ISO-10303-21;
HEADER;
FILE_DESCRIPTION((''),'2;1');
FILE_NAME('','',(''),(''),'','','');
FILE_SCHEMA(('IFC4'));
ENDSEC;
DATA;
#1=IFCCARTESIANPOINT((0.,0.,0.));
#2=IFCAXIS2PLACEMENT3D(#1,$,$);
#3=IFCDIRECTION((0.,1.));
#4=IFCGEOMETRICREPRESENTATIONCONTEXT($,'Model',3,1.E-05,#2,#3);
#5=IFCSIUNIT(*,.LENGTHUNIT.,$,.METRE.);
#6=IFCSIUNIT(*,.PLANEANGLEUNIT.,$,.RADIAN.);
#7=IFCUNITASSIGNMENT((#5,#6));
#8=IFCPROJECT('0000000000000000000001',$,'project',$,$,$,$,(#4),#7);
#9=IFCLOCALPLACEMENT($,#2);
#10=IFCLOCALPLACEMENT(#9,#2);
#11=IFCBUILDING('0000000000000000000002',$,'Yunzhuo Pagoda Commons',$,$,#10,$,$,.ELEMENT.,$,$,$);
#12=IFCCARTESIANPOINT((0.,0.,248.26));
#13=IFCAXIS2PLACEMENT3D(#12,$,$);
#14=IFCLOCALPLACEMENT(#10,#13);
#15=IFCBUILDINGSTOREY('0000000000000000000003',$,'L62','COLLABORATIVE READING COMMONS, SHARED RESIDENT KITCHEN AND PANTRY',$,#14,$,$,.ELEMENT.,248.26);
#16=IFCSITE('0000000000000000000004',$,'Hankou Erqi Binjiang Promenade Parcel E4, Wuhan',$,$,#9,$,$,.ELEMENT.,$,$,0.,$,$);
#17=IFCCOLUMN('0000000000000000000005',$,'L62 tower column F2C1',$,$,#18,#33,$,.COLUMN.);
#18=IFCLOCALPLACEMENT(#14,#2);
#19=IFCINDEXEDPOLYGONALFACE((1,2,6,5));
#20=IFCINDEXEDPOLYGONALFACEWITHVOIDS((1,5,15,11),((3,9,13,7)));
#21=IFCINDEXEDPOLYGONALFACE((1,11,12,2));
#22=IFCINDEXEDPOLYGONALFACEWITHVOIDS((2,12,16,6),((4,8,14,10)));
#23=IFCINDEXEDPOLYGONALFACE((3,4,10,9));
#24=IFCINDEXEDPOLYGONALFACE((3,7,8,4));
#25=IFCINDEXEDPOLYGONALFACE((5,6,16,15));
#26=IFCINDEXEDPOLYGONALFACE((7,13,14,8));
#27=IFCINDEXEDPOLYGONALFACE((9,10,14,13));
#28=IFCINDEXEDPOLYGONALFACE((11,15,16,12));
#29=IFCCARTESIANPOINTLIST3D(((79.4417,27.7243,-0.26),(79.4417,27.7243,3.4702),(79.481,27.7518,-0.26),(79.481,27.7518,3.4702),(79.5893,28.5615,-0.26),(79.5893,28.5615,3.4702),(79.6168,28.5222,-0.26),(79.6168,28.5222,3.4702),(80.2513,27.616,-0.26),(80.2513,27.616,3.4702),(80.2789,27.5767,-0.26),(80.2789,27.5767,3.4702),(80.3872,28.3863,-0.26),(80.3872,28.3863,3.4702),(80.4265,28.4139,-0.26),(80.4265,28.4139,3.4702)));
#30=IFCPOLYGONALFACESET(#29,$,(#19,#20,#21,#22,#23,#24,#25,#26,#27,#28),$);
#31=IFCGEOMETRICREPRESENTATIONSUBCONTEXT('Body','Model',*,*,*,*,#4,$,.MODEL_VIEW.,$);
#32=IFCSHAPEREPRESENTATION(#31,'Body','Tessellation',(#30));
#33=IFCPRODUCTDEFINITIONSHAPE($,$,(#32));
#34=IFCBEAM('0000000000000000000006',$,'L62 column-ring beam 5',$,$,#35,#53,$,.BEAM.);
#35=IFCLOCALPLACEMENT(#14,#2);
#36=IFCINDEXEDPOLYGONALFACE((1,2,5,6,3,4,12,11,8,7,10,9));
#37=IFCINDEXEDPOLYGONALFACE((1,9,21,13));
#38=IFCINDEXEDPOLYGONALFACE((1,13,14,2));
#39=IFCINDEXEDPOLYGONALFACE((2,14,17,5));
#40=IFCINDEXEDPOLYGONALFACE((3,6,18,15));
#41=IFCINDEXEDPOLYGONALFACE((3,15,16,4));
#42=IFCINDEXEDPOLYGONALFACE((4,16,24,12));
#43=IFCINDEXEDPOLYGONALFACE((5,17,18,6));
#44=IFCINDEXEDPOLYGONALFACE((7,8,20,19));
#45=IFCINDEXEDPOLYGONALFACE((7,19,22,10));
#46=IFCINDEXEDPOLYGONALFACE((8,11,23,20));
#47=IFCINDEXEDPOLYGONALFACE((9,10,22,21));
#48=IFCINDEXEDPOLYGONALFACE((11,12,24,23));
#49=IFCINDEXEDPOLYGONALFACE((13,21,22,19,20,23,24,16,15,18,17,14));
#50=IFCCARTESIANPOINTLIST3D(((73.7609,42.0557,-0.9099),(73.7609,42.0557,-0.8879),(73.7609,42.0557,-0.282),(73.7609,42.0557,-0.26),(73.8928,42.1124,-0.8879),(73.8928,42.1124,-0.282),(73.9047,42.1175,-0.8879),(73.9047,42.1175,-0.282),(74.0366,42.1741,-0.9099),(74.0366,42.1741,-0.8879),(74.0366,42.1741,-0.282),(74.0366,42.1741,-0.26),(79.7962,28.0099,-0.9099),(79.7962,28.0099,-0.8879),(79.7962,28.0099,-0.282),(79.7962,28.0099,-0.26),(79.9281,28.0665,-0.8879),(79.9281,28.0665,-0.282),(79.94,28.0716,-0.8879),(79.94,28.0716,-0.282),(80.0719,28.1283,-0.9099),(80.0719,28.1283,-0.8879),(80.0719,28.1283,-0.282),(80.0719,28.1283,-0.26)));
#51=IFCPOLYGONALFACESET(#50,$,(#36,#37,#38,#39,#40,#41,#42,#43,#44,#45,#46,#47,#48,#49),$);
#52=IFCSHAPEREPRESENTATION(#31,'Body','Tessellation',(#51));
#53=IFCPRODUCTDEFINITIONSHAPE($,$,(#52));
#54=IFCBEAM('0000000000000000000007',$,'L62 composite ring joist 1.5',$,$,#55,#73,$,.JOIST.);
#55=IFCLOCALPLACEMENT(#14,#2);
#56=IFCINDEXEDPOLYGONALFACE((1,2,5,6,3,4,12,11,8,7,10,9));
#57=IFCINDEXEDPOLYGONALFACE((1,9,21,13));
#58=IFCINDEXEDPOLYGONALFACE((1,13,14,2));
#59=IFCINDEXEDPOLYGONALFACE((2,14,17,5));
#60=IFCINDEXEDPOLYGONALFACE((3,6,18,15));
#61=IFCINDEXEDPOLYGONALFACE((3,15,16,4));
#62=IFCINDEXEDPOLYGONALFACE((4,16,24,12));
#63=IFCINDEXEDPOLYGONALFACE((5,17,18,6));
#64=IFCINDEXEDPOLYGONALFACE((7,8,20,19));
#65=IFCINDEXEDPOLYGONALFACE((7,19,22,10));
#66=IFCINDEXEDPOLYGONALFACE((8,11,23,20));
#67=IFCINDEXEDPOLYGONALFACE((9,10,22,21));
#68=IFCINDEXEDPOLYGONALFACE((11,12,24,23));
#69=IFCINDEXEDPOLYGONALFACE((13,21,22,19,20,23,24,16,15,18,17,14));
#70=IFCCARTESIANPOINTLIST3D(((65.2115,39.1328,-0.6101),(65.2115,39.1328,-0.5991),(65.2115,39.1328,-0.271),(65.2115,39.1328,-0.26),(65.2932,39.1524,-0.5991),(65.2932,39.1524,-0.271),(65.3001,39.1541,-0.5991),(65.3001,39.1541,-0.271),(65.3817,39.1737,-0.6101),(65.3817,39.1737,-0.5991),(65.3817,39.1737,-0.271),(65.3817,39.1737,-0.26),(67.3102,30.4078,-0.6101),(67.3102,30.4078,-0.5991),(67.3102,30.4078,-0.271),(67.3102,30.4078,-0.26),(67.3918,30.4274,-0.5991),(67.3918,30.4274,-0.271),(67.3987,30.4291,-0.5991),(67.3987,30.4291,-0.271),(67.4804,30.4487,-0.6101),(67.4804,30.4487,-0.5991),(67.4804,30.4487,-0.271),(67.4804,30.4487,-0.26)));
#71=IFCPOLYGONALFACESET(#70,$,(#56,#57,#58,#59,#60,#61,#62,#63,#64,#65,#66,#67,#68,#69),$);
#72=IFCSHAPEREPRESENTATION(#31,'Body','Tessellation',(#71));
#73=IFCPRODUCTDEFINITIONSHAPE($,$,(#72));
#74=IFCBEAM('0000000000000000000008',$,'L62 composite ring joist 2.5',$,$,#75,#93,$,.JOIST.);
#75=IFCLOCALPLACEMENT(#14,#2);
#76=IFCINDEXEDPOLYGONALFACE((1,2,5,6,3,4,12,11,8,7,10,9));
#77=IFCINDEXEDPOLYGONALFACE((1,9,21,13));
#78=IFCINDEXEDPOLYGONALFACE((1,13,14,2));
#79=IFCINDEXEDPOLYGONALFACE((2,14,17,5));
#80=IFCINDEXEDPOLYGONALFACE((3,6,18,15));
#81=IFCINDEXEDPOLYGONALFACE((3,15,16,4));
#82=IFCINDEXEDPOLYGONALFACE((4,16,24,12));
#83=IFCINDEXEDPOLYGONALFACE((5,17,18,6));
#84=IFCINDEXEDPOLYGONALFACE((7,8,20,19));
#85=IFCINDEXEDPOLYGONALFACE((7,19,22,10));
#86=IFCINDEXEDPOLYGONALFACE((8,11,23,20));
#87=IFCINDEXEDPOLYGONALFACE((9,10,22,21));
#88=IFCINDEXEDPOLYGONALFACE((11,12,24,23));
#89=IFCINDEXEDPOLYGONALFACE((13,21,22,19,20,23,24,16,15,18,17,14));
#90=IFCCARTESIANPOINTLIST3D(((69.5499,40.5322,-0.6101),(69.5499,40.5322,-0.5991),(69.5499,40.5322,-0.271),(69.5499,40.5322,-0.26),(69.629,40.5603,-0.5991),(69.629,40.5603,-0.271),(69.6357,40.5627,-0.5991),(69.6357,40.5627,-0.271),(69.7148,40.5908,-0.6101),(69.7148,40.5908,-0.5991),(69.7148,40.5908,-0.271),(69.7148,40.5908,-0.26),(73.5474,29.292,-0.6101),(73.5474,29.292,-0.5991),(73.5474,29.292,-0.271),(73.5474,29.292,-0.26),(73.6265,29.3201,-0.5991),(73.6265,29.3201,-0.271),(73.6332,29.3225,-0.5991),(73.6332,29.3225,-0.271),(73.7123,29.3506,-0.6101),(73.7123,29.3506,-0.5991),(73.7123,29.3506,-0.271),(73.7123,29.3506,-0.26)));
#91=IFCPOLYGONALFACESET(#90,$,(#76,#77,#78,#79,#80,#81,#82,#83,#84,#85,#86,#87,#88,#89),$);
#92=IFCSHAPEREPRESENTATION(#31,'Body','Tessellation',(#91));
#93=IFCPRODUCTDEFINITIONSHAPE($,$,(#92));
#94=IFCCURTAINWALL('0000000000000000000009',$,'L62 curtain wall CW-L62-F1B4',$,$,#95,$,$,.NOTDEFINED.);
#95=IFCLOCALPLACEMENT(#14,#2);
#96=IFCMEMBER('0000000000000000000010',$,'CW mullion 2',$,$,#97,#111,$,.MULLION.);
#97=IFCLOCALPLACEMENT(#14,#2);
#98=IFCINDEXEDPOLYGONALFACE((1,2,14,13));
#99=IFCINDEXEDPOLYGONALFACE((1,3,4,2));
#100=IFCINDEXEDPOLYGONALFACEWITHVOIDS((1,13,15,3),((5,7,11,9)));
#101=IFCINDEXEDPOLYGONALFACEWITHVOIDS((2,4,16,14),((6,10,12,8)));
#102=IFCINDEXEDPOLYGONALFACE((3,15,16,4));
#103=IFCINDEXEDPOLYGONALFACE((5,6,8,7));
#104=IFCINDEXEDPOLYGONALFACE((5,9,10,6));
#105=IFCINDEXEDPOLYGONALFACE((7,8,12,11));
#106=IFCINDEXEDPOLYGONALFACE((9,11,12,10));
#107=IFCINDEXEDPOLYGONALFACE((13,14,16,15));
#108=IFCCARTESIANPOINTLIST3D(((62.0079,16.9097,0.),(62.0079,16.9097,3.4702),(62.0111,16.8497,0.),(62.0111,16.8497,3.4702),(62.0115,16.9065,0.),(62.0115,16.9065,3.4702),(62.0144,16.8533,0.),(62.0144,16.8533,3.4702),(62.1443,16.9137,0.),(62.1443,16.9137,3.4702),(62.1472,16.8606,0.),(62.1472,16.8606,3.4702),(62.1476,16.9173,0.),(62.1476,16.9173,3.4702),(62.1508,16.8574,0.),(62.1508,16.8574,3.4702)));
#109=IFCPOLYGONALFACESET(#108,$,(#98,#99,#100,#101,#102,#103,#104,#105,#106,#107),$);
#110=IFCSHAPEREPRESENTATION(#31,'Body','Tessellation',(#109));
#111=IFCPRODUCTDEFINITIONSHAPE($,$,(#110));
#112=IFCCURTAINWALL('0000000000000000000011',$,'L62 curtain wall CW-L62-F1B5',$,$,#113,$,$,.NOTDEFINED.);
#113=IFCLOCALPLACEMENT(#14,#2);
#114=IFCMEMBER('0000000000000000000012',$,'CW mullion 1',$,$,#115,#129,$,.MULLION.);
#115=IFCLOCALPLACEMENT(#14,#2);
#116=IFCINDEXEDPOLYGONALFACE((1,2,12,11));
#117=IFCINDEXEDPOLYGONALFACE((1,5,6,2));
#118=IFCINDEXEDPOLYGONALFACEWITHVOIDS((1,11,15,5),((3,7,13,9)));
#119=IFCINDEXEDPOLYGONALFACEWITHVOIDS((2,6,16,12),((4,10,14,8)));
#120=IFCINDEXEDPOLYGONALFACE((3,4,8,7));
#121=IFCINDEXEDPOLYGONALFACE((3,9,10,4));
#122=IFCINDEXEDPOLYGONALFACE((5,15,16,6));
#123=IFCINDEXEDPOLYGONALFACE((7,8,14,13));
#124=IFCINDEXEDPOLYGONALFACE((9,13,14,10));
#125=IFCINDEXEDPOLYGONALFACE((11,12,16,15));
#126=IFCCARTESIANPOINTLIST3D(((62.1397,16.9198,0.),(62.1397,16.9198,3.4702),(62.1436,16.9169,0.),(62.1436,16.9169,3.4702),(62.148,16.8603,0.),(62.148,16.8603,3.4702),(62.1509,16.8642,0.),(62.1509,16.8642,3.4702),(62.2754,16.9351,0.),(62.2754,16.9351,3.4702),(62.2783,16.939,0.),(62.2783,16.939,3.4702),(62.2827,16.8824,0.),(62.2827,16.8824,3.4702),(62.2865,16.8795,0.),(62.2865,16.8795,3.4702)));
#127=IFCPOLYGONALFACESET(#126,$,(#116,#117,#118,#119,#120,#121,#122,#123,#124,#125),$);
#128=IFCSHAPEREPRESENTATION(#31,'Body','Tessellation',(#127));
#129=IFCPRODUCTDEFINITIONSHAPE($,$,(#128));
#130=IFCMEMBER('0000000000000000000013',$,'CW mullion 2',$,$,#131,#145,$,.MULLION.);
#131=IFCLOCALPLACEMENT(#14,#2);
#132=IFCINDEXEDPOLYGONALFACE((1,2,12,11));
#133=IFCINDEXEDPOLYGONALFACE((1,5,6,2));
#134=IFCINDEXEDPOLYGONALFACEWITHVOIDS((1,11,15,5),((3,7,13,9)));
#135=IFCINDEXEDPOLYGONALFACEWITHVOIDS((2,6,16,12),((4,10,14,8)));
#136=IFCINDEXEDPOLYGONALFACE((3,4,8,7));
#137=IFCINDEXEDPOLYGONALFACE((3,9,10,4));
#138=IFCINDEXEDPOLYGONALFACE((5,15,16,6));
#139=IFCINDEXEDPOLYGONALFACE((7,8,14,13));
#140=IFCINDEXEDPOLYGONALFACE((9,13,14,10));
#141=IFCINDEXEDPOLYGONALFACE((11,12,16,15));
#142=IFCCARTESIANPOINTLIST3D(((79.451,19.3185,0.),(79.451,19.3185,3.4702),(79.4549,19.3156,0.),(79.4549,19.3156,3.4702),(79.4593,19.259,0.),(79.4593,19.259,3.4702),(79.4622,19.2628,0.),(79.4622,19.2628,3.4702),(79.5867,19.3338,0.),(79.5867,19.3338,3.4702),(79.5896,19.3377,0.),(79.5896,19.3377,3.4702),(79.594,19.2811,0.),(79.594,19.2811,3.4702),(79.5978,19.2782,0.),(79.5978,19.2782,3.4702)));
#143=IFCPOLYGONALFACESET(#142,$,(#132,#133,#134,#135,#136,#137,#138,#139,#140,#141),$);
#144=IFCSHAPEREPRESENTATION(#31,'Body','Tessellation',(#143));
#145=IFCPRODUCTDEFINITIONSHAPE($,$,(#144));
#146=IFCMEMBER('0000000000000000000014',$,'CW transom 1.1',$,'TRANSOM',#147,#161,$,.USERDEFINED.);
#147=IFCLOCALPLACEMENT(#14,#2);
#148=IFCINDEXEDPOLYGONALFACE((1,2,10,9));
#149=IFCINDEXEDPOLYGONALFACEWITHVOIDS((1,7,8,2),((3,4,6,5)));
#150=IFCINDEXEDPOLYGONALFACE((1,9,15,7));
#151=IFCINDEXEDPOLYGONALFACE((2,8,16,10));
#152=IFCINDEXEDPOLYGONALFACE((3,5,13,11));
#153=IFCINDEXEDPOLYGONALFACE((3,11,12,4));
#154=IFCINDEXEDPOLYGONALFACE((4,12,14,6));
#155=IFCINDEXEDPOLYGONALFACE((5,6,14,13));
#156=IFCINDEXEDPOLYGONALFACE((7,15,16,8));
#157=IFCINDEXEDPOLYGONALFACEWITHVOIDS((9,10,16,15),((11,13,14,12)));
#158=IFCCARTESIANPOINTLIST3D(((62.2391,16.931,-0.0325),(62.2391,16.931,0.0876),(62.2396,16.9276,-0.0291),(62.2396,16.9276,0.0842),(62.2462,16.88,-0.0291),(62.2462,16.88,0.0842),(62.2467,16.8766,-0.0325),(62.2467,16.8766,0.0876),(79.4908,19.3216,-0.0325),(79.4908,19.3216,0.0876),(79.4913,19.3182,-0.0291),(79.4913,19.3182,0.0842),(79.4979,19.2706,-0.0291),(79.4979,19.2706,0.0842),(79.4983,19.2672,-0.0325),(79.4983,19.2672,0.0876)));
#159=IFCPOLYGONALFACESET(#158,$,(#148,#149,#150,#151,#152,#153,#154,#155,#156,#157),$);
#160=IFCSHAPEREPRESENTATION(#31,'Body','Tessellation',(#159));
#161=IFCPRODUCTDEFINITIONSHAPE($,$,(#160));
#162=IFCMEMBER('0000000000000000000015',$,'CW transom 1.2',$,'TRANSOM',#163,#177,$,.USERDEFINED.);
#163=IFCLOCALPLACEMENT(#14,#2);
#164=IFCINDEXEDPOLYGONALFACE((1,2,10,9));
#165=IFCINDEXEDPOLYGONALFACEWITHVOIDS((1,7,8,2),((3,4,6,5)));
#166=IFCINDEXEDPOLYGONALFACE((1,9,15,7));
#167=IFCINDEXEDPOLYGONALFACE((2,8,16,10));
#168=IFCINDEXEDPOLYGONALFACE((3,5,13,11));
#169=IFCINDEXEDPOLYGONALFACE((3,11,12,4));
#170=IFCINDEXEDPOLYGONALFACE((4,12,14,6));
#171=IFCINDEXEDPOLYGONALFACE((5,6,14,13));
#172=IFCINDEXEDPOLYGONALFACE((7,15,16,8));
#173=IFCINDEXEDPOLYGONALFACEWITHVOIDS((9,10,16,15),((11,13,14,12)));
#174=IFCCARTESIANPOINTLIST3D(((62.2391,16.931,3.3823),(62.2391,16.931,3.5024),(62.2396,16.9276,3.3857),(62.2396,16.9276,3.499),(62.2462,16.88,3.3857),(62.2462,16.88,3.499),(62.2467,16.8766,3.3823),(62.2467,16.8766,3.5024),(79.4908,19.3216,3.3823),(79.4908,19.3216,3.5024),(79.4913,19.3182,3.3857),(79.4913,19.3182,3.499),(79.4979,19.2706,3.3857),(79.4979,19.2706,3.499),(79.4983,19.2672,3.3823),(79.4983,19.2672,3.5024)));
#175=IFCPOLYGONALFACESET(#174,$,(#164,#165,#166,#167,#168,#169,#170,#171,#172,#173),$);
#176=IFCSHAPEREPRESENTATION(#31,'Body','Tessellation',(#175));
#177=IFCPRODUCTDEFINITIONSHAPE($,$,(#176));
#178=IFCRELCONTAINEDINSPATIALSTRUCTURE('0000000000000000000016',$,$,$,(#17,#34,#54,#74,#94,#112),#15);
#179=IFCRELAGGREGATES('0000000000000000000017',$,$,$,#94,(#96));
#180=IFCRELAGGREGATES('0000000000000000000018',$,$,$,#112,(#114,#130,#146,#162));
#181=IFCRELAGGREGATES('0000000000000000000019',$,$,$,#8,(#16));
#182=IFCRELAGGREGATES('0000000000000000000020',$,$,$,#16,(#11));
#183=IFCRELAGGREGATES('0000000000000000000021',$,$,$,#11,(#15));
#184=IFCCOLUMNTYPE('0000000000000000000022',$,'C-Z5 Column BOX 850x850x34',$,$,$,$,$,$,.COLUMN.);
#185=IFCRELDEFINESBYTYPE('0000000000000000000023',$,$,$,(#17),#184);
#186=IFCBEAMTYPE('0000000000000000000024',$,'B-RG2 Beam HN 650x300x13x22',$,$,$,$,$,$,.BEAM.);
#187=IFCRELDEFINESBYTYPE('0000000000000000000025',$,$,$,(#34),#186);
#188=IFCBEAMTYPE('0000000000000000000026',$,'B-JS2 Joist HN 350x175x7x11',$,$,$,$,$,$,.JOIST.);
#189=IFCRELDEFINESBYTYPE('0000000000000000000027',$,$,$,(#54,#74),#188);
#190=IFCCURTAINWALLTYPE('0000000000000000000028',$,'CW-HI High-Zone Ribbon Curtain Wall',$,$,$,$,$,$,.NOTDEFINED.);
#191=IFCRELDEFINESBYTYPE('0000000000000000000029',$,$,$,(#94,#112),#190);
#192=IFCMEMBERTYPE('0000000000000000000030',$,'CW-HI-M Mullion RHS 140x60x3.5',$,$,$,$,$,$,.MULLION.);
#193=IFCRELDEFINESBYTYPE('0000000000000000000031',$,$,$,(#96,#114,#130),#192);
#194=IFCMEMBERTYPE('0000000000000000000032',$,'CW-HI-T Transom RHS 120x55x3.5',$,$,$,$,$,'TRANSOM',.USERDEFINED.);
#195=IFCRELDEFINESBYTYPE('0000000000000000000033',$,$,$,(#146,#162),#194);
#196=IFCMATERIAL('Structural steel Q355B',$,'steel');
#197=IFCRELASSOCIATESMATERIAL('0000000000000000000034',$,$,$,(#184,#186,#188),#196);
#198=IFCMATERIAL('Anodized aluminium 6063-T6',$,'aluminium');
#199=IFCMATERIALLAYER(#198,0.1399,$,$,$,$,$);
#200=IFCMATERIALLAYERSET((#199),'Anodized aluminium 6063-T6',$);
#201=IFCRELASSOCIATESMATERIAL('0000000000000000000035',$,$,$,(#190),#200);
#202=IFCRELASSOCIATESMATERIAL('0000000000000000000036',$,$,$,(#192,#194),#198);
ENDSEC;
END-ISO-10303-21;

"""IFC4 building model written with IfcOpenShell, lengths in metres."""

from ifc_helpers import new_model, si_unit, direction, frame, origin, origin_2d, place, context, subcontext, project, spatial, hollow_rectangle, i_section, extrude, source, transform, mapped, material, layer, layer_set, material_profile, profile_set, type_object, element, aggregate, save


model = new_model("IFC4")

# Units and contexts
model_context = context("Model", 3, precision=1e-05, world=origin(), true_north=direction((0.0, 1.0)))
body_context = subcontext(model_context, "Body", "Model", "MODEL_VIEW")
ifc_project = project(units=[si_unit("LENGTHUNIT", "METRE"), si_unit("PLANEANGLEUNIT", "RADIAN")], contexts=[model_context])

# Site, building, storey
site_placement = place(None, origin())
site = spatial("IfcSite", under=ifc_project, at=site_placement, Name="Hankou Erqi Binjiang Promenade Parcel E4, Wuhan", CompositionType="ELEMENT", RefElevation=0.0)
building_placement = place(site_placement, origin())
building = spatial("IfcBuilding", under=site, at=building_placement, Name="Yunzhuo Pagoda Commons", CompositionType="ELEMENT")
storey_placement = place(building_placement, frame((0.0, 0.0, 248.26)))
storey = spatial("IfcBuildingStorey", under=building, at=storey_placement, Name="L62", Description="COLLABORATIVE READING COMMONS, SHARED RESIDENT KITCHEN AND PANTRY", CompositionType="ELEMENT", Elevation=248.26)

# Column
ifc_material_1 = material(Name="Structural steel Q355B", Category="steel")
ifc_material_profile_1 = material_profile(ifc_material_1, hollow_rectangle(XDim=0.8501, YDim=0.8501, WallThickness=0.0339, at=origin_2d()), Name="Structural steel Q355B")
ifc_profile_set_1 = profile_set([ifc_material_profile_1], Name="Structural steel Q355B")
column_type = type_object("IfcColumnType", Name="C-Z5 Column BOX 850x850x34", PredefinedType="COLUMN", material=ifc_profile_set_1)
shared_shape_1 = source(origin(), body_context, "Body", "SweptSolid", [
    extrude(hollow_rectangle(XDim=0.8501, YDim=0.8501, WallThickness=0.0339, at=origin_2d()), origin(), (0.0, 0.0, 1.0), 3.7302),
])
column_placement = place(storey_placement, frame((79.9341, 28.0691, -0.26), z_axis=(0.0, 0.0, 1.0), x_axis=(0.173648, 0.984808, 0.0)))
element("IfcColumn", 1, at=column_placement, inside=storey, type_object=column_type, Name="L62 tower column F2C1", PredefinedType="COLUMN", context=body_context, shape_type="MappedRepresentation", body=[
    mapped(shared_shape_1, transform((0.0, 0.0, 0.0), scale=1.0)),
])

# Beams
ifc_material_profile_2 = material_profile(ifc_material_1, i_section(OverallWidth=0.3, OverallDepth=0.6499, WebThickness=0.0129, FlangeThickness=0.022, at=origin_2d()), Name="Structural steel Q355B")
ifc_profile_set_2 = profile_set([ifc_material_profile_2], Name="Structural steel Q355B")
beam_type_1 = type_object("IfcBeamType", Name="B-RG2 Beam HN 650x300x13x22", PredefinedType="BEAM", material=ifc_profile_set_2)
shared_shape_2 = source(origin(), body_context, "Body", "SweptSolid", [
    extrude(i_section(OverallWidth=0.3, OverallDepth=0.6499, WebThickness=0.0129, FlangeThickness=0.022, at=origin_2d()), origin(), (0.0, 0.0, 1.0), 15.2876),
])
beam_1_placement = place(storey_placement, frame((79.9341, 28.0691, -0.585), z_axis=(-0.394788, 0.918772, 0.0), x_axis=(-0.918772, -0.394788, 0.0)))
element("IfcBeam", 2, at=beam_1_placement, inside=storey, type_object=beam_type_1, Name="L62 column-ring beam 5", PredefinedType="BEAM", context=body_context, shape_type="MappedRepresentation", body=[
    mapped(shared_shape_2, transform((0.0, 0.0, 0.0), scale=1.0)),
])
ifc_material_profile_3 = material_profile(ifc_material_1, i_section(OverallWidth=0.175, OverallDepth=0.3501, WebThickness=0.0071, FlangeThickness=0.011, at=origin_2d()), Name="Structural steel Q355B")
ifc_profile_set_3 = profile_set([ifc_material_profile_3], Name="Structural steel Q355B")
beam_type_2 = type_object("IfcBeamType", Name="B-JS2 Joist HN 350x175x7x11", PredefinedType="JOIST", material=ifc_profile_set_3)
shared_shape_3 = source(origin(), body_context, "Body", "SweptSolid", [
    extrude(i_section(OverallWidth=0.175, OverallDepth=0.3501, WebThickness=0.0071, FlangeThickness=0.011, at=origin_2d()), origin(), (0.0, 0.0, 1.0), 8.9739),
])
beam_2_placement = place(storey_placement, frame((67.3953, 30.4282, -0.4351), z_axis=(-0.233859, 0.972271, 0.0), x_axis=(-0.972271, -0.233859, 0.0)))
element("IfcBeam", 3, at=beam_2_placement, inside=storey, type_object=beam_type_2, Name="L62 composite ring joist 1.5", PredefinedType="JOIST", context=body_context, shape_type="MappedRepresentation", body=[
    mapped(shared_shape_3, transform((0.0, 0.0, 0.0), scale=1.0)),
])
shared_shape_4 = source(origin(), body_context, "Body", "SweptSolid", [
    extrude(i_section(OverallWidth=0.175, OverallDepth=0.3501, WebThickness=0.0071, FlangeThickness=0.011, at=origin_2d()), origin(), (0.0, 0.0, 1.0), 11.9299),
])
beam_3_placement = place(storey_placement, frame((73.6299, 29.3213, -0.4351), z_axis=(-0.335086, 0.942187, 0.0), x_axis=(-0.942187, -0.335086, 0.0)))
element("IfcBeam", 4, at=beam_3_placement, inside=storey, type_object=beam_type_2, Name="L62 composite ring joist 2.5", PredefinedType="JOIST", context=body_context, shape_type="MappedRepresentation", body=[
    mapped(shared_shape_4, transform((0.0, 0.0, 0.0), scale=1.0)),
])

# Curtain wall, member
ifc_material_2 = material(Name="Anodized aluminium 6063-T6", Category="aluminium")
ifc_layer_1 = layer(ifc_material_2, 0.1399)
ifc_layer_set_1 = layer_set([ifc_layer_1], Name="Anodized aluminium 6063-T6")
curtain_wall_type_1 = type_object("IfcCurtainWallType", Name="CW-HI High-Zone Ribbon Curtain Wall", PredefinedType="NOTDEFINED", material=ifc_layer_set_1)
curtain_wall_1_placement = place(storey_placement, origin())
curtain_wall_1 = element("IfcCurtainWall", 5, at=curtain_wall_1_placement, inside=storey, type_object=curtain_wall_type_1, Name="L62 curtain wall CW-L62-F1B4", PredefinedType="NOTDEFINED")
ifc_material_profile_4 = material_profile(ifc_material_2, hollow_rectangle(XDim=0.0601, YDim=0.1399, WallThickness=0.0034, at=origin_2d()), Name="Anodized aluminium 6063-T6")
ifc_profile_set_4 = profile_set([ifc_material_profile_4], Name="Anodized aluminium 6063-T6")
member_type_1 = type_object("IfcMemberType", Name="CW-HI-M Mullion RHS 140x60x3.5", PredefinedType="MULLION", material=ifc_profile_set_4)
shared_shape_5 = source(origin(), body_context, "Body", "SweptSolid", [
    extrude(hollow_rectangle(XDim=0.0601, YDim=0.1399, WallThickness=0.0034, at=origin_2d()), origin(), (0.0, 0.0, 1.0), 3.4702),
])
member_1_placement = place(storey_placement, frame((62.0793, 16.8835, 0.0), z_axis=(0.0, 0.0, 1.0), x_axis=(-0.054497, 0.998514, 0.0)))
member_1 = element("IfcMember", 6, at=member_1_placement, type_object=member_type_1, Name="CW mullion 2", PredefinedType="MULLION", context=body_context, shape_type="MappedRepresentation", body=[
    mapped(shared_shape_5, transform((0.0, 0.0, 0.0), scale=1.0)),
])
aggregate(curtain_wall_1, [member_1])

# Curtain wall, members
curtain_wall_2_placement = place(storey_placement, origin())
curtain_wall_2 = element("IfcCurtainWall", 7, at=curtain_wall_2_placement, inside=storey, type_object=curtain_wall_type_1, Name="L62 curtain wall CW-L62-F1B5", PredefinedType="NOTDEFINED")
member_2_placement = place(storey_placement, frame((62.2131, 16.8997, 0.0), z_axis=(0.0, 0.0, 1.0), x_axis=(-0.13725, 0.990536, 0.0)))
member_2 = element("IfcMember", 8, at=member_2_placement, type_object=member_type_1, Name="CW mullion 1", PredefinedType="MULLION", context=body_context, shape_type="MappedRepresentation", body=[
    mapped(shared_shape_5, transform((0.0, 0.0, 0.0), scale=1.0)),
])
member_3_placement = place(storey_placement, frame((79.5244, 19.2983, 0.0), z_axis=(0.0, 0.0, 1.0), x_axis=(-0.13725, 0.990536, 0.0)))
member_3 = element("IfcMember", 9, at=member_3_placement, type_object=member_type_1, Name="CW mullion 2", PredefinedType="MULLION", context=body_context, shape_type="MappedRepresentation", body=[
    mapped(shared_shape_5, transform((0.0, 0.0, 0.0), scale=1.0)),
])
ifc_material_profile_5 = material_profile(ifc_material_2, hollow_rectangle(XDim=0.0549, YDim=0.1201, WallThickness=0.0034, at=origin_2d()), Name="Anodized aluminium 6063-T6")
ifc_profile_set_5 = profile_set([ifc_material_profile_5], Name="Anodized aluminium 6063-T6")
member_type_2 = type_object("IfcMemberType", Name="CW-HI-T Transom RHS 120x55x3.5", ElementType="TRANSOM", PredefinedType="USERDEFINED", material=ifc_profile_set_5)
shared_shape_6 = source(origin(), body_context, "Body", "SweptSolid", [
    extrude(hollow_rectangle(XDim=0.0549, YDim=0.1201, WallThickness=0.0034, at=origin_2d()), origin(), (0.0, 0.0, 1.0), 17.4165),
])
member_4_placement = place(storey_placement, frame((62.2429, 16.9038, 0.0276), z_axis=(0.990535, 0.137262, 0.0), x_axis=(-0.137262, 0.990535, 0.0)))
member_4 = element("IfcMember", 10, at=member_4_placement, type_object=member_type_2, Name="CW transom 1.1", ObjectType="TRANSOM", PredefinedType="USERDEFINED", context=body_context, shape_type="MappedRepresentation", body=[
    mapped(shared_shape_6, transform((0.0, 0.0, 0.0), scale=1.0)),
])
member_5_placement = place(storey_placement, frame((62.2429, 16.9038, 3.4424), z_axis=(0.990535, 0.137262, 0.0), x_axis=(-0.137262, 0.990535, 0.0)))
member_5 = element("IfcMember", 11, at=member_5_placement, type_object=member_type_2, Name="CW transom 1.2", ObjectType="TRANSOM", PredefinedType="USERDEFINED", context=body_context, shape_type="MappedRepresentation", body=[
    mapped(shared_shape_6, transform((0.0, 0.0, 0.0), scale=1.0)),
])

aggregate(curtain_wall_2, [member_2, member_3, member_4, member_5])

save(model, "model.ifc")
